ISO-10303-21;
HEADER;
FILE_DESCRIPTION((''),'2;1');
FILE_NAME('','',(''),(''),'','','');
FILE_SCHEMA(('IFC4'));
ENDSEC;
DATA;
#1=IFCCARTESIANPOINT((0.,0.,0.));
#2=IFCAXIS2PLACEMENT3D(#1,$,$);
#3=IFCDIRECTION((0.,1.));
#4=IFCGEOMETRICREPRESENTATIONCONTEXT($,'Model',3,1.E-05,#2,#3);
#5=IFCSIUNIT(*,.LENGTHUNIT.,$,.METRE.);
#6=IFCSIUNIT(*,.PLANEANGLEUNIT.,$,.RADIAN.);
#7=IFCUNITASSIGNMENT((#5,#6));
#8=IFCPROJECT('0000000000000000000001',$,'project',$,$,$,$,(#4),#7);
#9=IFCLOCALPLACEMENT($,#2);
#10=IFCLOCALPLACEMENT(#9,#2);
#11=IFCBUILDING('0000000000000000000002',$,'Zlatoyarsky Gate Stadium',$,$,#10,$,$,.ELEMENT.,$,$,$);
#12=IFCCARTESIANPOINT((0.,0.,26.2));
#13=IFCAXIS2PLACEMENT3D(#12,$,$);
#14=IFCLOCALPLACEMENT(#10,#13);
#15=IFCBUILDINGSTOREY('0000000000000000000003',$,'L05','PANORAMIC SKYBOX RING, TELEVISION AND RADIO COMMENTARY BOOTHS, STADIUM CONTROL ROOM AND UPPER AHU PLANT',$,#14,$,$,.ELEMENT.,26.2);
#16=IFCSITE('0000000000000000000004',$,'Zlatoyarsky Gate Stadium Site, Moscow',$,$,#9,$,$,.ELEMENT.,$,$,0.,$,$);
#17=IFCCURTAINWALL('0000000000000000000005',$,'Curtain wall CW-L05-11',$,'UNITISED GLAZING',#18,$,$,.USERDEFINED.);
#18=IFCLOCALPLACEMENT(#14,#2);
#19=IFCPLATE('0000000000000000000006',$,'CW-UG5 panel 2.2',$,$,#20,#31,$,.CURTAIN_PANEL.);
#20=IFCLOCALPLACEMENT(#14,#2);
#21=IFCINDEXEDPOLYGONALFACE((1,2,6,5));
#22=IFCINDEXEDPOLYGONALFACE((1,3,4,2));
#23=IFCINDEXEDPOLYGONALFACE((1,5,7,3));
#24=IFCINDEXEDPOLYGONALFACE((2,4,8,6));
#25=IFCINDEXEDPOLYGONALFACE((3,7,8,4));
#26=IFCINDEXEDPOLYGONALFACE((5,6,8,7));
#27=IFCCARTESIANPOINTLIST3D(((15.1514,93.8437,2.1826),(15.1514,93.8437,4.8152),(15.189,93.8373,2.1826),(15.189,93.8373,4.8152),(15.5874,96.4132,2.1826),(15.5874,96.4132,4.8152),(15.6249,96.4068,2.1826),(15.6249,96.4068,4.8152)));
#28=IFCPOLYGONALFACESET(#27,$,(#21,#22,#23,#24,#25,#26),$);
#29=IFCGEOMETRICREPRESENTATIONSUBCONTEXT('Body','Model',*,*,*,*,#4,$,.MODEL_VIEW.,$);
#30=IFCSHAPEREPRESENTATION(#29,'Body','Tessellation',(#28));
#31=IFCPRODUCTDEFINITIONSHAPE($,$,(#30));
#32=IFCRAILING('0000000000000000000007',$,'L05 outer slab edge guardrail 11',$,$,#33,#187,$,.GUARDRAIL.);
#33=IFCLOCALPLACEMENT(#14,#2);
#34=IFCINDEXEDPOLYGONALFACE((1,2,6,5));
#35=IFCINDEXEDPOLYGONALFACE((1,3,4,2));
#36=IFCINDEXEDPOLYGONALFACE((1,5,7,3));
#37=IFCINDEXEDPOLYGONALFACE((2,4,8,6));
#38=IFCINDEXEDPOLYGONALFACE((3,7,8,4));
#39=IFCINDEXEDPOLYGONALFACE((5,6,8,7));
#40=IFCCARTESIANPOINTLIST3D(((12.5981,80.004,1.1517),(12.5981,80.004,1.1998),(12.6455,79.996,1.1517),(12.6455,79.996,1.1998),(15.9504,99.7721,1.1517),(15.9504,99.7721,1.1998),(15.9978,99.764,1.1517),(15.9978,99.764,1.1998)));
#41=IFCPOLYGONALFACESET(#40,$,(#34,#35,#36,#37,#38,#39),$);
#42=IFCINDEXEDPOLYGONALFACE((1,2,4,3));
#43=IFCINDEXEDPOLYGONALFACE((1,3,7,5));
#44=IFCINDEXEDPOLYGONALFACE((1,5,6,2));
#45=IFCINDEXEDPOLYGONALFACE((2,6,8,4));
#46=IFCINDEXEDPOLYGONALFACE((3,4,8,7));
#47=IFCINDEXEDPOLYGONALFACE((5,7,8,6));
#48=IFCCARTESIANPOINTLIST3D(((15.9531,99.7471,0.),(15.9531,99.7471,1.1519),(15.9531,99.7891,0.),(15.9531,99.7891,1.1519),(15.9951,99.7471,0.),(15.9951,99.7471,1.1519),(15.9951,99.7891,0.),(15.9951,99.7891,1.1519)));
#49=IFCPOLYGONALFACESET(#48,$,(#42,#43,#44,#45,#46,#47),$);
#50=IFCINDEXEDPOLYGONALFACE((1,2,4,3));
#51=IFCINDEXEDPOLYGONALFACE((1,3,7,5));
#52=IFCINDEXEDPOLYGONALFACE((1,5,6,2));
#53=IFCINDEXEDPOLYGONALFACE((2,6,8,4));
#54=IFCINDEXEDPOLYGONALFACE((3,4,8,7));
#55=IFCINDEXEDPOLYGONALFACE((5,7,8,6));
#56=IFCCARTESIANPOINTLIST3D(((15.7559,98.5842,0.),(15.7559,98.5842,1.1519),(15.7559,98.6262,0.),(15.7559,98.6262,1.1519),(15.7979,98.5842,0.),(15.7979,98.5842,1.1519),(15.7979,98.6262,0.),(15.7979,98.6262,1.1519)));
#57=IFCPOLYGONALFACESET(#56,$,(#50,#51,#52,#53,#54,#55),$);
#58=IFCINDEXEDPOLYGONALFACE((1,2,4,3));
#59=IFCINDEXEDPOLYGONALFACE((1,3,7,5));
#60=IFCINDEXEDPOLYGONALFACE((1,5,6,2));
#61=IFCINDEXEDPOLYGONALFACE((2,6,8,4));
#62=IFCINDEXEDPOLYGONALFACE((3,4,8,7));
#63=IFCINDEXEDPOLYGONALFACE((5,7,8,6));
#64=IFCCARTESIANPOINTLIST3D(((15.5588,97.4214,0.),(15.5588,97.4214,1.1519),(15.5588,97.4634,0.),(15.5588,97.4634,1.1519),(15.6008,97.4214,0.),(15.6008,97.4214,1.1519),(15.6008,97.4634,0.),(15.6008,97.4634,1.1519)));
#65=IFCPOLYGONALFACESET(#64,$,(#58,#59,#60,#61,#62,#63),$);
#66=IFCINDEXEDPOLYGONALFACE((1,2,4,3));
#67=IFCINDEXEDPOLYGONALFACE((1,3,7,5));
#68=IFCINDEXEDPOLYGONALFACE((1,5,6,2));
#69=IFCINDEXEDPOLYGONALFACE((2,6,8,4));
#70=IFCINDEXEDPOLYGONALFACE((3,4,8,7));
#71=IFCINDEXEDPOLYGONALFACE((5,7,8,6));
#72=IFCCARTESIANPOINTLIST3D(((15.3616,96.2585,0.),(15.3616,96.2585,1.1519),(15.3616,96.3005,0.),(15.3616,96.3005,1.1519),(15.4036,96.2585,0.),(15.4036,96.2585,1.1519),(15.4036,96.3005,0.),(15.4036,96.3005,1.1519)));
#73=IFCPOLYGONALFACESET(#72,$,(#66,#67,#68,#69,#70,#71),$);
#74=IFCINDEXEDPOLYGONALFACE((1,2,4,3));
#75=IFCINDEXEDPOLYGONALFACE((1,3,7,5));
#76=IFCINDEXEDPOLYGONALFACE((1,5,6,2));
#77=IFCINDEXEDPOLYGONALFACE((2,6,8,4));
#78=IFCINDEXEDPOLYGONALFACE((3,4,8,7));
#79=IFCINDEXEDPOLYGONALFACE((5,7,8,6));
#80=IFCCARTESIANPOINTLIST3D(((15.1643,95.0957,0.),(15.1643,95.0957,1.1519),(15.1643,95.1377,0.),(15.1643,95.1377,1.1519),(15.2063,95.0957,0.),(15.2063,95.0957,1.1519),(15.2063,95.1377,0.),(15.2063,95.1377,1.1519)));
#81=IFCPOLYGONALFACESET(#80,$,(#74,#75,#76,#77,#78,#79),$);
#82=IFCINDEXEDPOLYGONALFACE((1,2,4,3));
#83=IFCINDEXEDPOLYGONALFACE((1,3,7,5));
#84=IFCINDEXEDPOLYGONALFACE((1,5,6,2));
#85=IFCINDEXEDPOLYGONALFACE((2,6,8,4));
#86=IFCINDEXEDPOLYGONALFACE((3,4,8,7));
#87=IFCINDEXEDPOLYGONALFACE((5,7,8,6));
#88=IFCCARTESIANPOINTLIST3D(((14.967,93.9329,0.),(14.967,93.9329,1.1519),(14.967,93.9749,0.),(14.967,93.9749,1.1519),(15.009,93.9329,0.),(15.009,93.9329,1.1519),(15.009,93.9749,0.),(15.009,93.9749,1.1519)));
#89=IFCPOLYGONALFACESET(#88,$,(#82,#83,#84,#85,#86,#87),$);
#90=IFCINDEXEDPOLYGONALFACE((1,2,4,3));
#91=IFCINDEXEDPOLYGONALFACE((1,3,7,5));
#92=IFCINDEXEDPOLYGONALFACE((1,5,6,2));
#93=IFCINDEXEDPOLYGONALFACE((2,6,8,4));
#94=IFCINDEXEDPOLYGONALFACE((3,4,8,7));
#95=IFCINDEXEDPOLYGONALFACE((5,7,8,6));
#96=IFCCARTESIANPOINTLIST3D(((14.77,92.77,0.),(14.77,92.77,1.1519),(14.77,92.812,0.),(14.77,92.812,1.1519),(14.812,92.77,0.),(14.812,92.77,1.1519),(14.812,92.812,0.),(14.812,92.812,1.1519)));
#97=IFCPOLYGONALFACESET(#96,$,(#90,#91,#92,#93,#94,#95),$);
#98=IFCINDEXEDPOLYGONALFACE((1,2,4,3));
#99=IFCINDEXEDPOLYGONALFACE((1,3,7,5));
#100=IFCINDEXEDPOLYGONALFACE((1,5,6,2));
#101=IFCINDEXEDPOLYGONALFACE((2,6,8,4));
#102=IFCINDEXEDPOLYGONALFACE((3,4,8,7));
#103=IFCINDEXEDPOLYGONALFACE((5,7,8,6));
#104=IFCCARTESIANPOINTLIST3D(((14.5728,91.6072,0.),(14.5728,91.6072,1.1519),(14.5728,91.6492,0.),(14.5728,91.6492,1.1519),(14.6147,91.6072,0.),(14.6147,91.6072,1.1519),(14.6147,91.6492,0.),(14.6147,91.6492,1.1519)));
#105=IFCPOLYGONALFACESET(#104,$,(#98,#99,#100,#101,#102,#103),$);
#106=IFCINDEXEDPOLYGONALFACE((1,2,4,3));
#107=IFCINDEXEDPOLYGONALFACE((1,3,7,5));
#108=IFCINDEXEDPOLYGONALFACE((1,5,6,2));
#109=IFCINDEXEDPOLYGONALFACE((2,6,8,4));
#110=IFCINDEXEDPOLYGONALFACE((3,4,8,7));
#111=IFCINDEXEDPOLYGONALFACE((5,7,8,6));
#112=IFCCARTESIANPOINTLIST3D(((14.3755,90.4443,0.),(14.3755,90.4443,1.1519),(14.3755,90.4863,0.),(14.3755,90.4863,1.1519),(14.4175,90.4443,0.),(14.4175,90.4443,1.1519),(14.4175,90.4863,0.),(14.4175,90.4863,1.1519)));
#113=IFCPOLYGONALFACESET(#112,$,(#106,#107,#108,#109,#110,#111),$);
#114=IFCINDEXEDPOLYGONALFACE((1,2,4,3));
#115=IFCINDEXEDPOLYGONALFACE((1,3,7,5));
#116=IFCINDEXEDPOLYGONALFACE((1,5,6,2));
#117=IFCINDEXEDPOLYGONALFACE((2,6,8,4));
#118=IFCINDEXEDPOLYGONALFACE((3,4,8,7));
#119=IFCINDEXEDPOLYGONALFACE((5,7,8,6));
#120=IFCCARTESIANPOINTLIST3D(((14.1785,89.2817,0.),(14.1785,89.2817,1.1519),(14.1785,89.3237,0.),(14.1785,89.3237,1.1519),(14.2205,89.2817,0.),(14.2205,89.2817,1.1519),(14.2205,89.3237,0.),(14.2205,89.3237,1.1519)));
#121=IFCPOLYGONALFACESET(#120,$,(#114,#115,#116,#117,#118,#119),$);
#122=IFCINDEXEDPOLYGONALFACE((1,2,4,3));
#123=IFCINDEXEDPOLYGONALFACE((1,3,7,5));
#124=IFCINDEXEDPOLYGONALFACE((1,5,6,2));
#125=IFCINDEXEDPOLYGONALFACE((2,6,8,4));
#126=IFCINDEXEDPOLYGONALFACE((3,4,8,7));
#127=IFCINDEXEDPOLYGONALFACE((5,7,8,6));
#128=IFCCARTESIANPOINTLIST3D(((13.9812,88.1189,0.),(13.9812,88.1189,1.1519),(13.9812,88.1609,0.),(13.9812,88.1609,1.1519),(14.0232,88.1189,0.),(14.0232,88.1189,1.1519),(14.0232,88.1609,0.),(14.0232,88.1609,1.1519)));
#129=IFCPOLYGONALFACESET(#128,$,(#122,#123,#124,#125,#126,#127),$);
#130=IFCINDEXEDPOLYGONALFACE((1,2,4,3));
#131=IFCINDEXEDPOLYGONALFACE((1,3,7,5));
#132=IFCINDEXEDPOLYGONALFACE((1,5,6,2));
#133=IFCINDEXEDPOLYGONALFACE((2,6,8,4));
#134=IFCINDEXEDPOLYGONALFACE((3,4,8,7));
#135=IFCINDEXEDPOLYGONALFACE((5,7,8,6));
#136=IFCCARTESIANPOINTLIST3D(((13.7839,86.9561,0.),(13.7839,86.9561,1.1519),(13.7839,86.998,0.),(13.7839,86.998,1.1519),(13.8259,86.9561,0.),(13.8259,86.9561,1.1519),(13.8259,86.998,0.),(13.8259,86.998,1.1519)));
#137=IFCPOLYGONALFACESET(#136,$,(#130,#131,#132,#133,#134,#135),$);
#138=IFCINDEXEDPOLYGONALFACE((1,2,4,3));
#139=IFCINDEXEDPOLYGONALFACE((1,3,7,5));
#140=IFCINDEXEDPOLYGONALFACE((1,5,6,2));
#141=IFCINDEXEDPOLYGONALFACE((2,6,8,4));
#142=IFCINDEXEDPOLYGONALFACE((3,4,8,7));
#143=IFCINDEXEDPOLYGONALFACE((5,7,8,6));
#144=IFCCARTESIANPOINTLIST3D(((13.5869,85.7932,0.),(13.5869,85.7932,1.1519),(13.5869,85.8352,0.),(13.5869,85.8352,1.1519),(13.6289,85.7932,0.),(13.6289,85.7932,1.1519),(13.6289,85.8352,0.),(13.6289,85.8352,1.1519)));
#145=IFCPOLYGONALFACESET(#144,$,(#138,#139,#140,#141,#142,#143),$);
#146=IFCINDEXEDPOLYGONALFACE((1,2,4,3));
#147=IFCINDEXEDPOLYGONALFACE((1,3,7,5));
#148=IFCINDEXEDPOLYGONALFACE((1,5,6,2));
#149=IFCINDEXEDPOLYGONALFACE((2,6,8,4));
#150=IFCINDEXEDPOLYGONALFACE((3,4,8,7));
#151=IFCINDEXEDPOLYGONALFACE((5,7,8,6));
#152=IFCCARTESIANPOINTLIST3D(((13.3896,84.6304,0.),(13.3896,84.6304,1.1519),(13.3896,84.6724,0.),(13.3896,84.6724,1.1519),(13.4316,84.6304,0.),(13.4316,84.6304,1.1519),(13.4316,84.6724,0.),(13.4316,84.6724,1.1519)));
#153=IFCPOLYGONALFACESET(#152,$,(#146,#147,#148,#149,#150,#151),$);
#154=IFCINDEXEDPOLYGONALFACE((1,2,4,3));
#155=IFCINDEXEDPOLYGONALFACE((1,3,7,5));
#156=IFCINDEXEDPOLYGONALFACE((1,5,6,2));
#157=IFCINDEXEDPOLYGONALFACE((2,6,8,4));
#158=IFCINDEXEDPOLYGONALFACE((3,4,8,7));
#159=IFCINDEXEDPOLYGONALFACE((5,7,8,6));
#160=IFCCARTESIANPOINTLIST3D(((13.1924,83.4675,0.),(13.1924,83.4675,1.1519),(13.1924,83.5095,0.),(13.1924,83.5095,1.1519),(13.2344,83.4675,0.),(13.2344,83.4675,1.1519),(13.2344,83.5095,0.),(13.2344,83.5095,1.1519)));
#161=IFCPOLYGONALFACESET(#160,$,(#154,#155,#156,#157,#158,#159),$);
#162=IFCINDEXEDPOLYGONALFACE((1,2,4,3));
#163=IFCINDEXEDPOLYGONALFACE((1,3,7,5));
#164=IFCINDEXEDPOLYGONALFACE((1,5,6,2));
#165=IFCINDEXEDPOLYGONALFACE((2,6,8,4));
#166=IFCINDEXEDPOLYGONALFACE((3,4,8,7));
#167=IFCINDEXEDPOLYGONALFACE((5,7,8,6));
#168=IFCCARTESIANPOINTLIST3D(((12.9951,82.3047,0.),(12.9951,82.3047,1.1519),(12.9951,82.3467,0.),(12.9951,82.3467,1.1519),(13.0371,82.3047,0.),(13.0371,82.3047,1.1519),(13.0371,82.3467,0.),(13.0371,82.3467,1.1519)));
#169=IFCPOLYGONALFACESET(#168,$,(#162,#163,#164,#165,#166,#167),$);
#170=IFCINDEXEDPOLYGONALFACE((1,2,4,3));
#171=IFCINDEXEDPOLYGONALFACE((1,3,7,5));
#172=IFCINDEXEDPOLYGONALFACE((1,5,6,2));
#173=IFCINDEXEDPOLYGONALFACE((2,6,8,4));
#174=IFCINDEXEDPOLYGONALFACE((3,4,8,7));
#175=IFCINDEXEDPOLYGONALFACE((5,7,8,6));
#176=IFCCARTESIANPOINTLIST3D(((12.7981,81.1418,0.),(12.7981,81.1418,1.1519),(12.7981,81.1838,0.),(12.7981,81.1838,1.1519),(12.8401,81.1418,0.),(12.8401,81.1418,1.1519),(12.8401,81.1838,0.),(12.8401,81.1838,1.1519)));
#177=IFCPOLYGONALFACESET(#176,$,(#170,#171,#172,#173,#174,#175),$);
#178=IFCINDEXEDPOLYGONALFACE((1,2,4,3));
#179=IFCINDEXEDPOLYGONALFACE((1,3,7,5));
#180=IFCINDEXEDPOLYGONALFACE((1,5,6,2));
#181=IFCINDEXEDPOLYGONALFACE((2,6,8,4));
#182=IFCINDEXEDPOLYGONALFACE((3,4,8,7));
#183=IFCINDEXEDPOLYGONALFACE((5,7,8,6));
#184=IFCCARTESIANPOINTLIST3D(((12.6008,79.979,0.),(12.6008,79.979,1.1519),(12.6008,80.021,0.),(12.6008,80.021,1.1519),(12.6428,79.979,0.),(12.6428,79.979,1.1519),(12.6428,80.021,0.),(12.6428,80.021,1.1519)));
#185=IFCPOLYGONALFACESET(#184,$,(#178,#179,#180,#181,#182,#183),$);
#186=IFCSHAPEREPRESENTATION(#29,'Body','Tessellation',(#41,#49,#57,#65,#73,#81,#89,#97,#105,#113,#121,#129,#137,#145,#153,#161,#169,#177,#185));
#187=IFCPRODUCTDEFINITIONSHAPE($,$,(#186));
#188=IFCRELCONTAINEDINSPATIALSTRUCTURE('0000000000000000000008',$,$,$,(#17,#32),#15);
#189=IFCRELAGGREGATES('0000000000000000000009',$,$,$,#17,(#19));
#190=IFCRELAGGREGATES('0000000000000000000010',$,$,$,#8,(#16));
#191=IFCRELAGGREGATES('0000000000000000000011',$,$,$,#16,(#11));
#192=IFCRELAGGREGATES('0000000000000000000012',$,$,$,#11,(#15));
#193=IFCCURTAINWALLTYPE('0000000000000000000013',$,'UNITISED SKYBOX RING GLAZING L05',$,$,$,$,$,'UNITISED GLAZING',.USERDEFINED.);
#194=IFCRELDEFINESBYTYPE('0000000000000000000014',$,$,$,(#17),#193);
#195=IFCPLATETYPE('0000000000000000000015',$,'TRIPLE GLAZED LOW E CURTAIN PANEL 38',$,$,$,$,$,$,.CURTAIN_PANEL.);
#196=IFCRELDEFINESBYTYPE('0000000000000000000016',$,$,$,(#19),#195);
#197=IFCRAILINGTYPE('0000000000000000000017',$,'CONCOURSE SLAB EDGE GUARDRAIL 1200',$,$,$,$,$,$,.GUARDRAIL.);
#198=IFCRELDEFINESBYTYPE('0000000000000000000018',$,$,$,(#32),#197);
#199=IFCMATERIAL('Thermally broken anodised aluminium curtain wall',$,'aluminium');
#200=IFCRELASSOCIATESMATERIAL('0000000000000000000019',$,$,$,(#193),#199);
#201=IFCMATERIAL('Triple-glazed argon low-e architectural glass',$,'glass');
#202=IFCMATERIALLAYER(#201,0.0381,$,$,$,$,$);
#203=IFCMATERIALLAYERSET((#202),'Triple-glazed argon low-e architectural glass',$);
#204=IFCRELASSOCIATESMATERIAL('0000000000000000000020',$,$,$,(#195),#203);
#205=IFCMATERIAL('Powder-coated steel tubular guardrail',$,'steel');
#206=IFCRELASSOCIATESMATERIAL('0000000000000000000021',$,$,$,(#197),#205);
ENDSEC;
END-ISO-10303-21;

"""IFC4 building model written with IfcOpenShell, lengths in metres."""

from ifc_helpers import new_model, si_unit, direction, frame, origin, origin_2d, place, context, subcontext, project, spatial, rectangle, extrude, material, layer, layer_set, type_object, element, aggregate, save


model = new_model("IFC4")

# Units and contexts
model_context = context("Model", 3, precision=1e-05, world=origin(), true_north=direction((0.0, 1.0)))
body_context = subcontext(model_context, "Body", "Model", "MODEL_VIEW")
ifc_project = project(units=[si_unit("LENGTHUNIT", "METRE"), si_unit("PLANEANGLEUNIT", "RADIAN")], contexts=[model_context])

# Site, building, storey
site_placement = place(None, origin())
site = spatial("IfcSite", under=ifc_project, at=site_placement, Name="Zlatoyarsky Gate Stadium Site, Moscow", CompositionType="ELEMENT", RefElevation=0.0)
building_placement = place(site_placement, origin())
building = spatial("IfcBuilding", under=site, at=building_placement, Name="Zlatoyarsky Gate Stadium", CompositionType="ELEMENT")
storey_placement = place(building_placement, frame((0.0, 0.0, 26.2)))
storey = spatial("IfcBuildingStorey", under=building, at=storey_placement, Name="L05", Description="PANORAMIC SKYBOX RING, TELEVISION AND RADIO COMMENTARY BOOTHS, STADIUM CONTROL ROOM AND UPPER AHU PLANT", CompositionType="ELEMENT", Elevation=26.2)

# Shared definitions
ifc_material_1 = material(Name="Thermally broken anodised aluminium curtain wall", Category="aluminium")
curtain_wall_type = type_object("IfcCurtainWallType", Name="UNITISED SKYBOX RING GLAZING L05", ElementType="UNITISED GLAZING", PredefinedType="USERDEFINED", material=ifc_material_1)

# Curtain wall
curtain_wall_1_placement = place(storey_placement, origin())
curtain_wall_1 = element("IfcCurtainWall", 1, at=curtain_wall_1_placement, inside=storey, type_object=curtain_wall_type, Name="Curtain wall CW-L05-11", ObjectType="UNITISED GLAZING", PredefinedType="USERDEFINED")

# Plate
ifc_material_2 = material(Name="Triple-glazed argon low-e architectural glass", Category="glass")
ifc_layer_1 = layer(ifc_material_2, 0.0381)
ifc_layer_set_1 = layer_set([ifc_layer_1], Name="Triple-glazed argon low-e architectural glass")
plate_type_1 = type_object("IfcPlateType", Name="TRIPLE GLAZED LOW E CURTAIN PANEL 38", PredefinedType="CURTAIN_PANEL", material=ifc_layer_set_1)
plate_1_placement = place(storey_placement, frame((15.3882, 95.1252, 2.1826), z_axis=(0.0, 0.0, 1.0), x_axis=(-0.167284, -0.985909, 0.0)))
plate_1 = element("IfcPlate", 2, at=plate_1_placement, type_object=plate_type_1, Name="CW-UG5 panel 2.2", PredefinedType="CURTAIN_PANEL", context=body_context, shape_type="SweptSolid", body=[
    extrude(rectangle(XDim=2.6062, YDim=0.0381, at=origin_2d()), origin(), (0.0, 0.0, 1.0), 2.6326),
])
aggregate(curtain_wall_1, [plate_1])

# Railing
ifc_material_3 = material(Name="Powder-coated steel tubular guardrail", Category="steel")
railing_type = type_object("IfcRailingType", Name="CONCOURSE SLAB EDGE GUARDRAIL 1200", PredefinedType="GUARDRAIL", material=ifc_material_3)
railing_placement = place(storey_placement, frame((15.9741, 99.7681, 0.0)))
element("IfcRailing", 3, at=railing_placement, inside=storey, type_object=railing_type, Name="L05 outer slab edge guardrail 11", PredefinedType="GUARDRAIL", context=body_context, shape_type="SweptSolid", body=[
    extrude(rectangle(XDim=0.0481, YDim=0.0481, at=origin_2d()), frame((0.0, 0.0, 1.1758), z_axis=(-0.167194, -0.985924, 0.0), x_axis=(0.985924, -0.167194, 0.0)), (0.0, 0.0, 1.0), 20.0503),
    extrude(rectangle(XDim=0.042, YDim=0.042, at=origin_2d()), origin(), (0.0, 0.0, 1.0), 1.1519),
    extrude(rectangle(XDim=0.042, YDim=0.042, at=origin_2d()), frame((-0.1973, -1.1628, 0.0)), (0.0, 0.0, 1.0), 1.1519),
    extrude(rectangle(XDim=0.042, YDim=0.042, at=origin_2d()), frame((-0.3943, -2.3257, 0.0)), (0.0, 0.0, 1.0), 1.1519),
    extrude(rectangle(XDim=0.042, YDim=0.042, at=origin_2d()), frame((-0.5916, -3.4885, 0.0)), (0.0, 0.0, 1.0), 1.1519),
    extrude(rectangle(XDim=0.042, YDim=0.042, at=origin_2d()), frame((-0.7888, -4.6514, 0.0)), (0.0, 0.0, 1.0), 1.1519),
    extrude(rectangle(XDim=0.042, YDim=0.042, at=origin_2d()), frame((-0.9861, -5.8142, 0.0)), (0.0, 0.0, 1.0), 1.1519),
    extrude(rectangle(XDim=0.042, YDim=0.042, at=origin_2d()), frame((-1.1831, -6.9771, 0.0)), (0.0, 0.0, 1.0), 1.1519),
    extrude(rectangle(XDim=0.042, YDim=0.042, at=origin_2d()), frame((-1.3804, -8.1399, 0.0)), (0.0, 0.0, 1.0), 1.1519),
    extrude(rectangle(XDim=0.042, YDim=0.042, at=origin_2d()), frame((-1.5776, -9.3027, 0.0)), (0.0, 0.0, 1.0), 1.1519),
    extrude(rectangle(XDim=0.042, YDim=0.042, at=origin_2d()), frame((-1.7747, -10.4653, 0.0)), (0.0, 0.0, 1.0), 1.1519),
    extrude(rectangle(XDim=0.042, YDim=0.042, at=origin_2d()), frame((-1.9719, -11.6282, 0.0)), (0.0, 0.0, 1.0), 1.1519),
    extrude(rectangle(XDim=0.042, YDim=0.042, at=origin_2d()), frame((-2.1692, -12.791, 0.0)), (0.0, 0.0, 1.0), 1.1519),
    extrude(rectangle(XDim=0.042, YDim=0.042, at=origin_2d()), frame((-2.3662, -13.9539, 0.0)), (0.0, 0.0, 1.0), 1.1519),
    extrude(rectangle(XDim=0.042, YDim=0.042, at=origin_2d()), frame((-2.5635, -15.1167, 0.0)), (0.0, 0.0, 1.0), 1.1519),
    extrude(rectangle(XDim=0.042, YDim=0.042, at=origin_2d()), frame((-2.7607, -16.2795, 0.0)), (0.0, 0.0, 1.0), 1.1519),
    extrude(rectangle(XDim=0.042, YDim=0.042, at=origin_2d()), frame((-2.958, -17.4424, 0.0)), (0.0, 0.0, 1.0), 1.1519),
    extrude(rectangle(XDim=0.042, YDim=0.042, at=origin_2d()), frame((-3.155, -18.6052, 0.0)), (0.0, 0.0, 1.0), 1.1519),
    extrude(rectangle(XDim=0.042, YDim=0.042, at=origin_2d()), frame((-3.3523, -19.7681, 0.0)), (0.0, 0.0, 1.0), 1.1519),
])

save(model, "model.ifc")
